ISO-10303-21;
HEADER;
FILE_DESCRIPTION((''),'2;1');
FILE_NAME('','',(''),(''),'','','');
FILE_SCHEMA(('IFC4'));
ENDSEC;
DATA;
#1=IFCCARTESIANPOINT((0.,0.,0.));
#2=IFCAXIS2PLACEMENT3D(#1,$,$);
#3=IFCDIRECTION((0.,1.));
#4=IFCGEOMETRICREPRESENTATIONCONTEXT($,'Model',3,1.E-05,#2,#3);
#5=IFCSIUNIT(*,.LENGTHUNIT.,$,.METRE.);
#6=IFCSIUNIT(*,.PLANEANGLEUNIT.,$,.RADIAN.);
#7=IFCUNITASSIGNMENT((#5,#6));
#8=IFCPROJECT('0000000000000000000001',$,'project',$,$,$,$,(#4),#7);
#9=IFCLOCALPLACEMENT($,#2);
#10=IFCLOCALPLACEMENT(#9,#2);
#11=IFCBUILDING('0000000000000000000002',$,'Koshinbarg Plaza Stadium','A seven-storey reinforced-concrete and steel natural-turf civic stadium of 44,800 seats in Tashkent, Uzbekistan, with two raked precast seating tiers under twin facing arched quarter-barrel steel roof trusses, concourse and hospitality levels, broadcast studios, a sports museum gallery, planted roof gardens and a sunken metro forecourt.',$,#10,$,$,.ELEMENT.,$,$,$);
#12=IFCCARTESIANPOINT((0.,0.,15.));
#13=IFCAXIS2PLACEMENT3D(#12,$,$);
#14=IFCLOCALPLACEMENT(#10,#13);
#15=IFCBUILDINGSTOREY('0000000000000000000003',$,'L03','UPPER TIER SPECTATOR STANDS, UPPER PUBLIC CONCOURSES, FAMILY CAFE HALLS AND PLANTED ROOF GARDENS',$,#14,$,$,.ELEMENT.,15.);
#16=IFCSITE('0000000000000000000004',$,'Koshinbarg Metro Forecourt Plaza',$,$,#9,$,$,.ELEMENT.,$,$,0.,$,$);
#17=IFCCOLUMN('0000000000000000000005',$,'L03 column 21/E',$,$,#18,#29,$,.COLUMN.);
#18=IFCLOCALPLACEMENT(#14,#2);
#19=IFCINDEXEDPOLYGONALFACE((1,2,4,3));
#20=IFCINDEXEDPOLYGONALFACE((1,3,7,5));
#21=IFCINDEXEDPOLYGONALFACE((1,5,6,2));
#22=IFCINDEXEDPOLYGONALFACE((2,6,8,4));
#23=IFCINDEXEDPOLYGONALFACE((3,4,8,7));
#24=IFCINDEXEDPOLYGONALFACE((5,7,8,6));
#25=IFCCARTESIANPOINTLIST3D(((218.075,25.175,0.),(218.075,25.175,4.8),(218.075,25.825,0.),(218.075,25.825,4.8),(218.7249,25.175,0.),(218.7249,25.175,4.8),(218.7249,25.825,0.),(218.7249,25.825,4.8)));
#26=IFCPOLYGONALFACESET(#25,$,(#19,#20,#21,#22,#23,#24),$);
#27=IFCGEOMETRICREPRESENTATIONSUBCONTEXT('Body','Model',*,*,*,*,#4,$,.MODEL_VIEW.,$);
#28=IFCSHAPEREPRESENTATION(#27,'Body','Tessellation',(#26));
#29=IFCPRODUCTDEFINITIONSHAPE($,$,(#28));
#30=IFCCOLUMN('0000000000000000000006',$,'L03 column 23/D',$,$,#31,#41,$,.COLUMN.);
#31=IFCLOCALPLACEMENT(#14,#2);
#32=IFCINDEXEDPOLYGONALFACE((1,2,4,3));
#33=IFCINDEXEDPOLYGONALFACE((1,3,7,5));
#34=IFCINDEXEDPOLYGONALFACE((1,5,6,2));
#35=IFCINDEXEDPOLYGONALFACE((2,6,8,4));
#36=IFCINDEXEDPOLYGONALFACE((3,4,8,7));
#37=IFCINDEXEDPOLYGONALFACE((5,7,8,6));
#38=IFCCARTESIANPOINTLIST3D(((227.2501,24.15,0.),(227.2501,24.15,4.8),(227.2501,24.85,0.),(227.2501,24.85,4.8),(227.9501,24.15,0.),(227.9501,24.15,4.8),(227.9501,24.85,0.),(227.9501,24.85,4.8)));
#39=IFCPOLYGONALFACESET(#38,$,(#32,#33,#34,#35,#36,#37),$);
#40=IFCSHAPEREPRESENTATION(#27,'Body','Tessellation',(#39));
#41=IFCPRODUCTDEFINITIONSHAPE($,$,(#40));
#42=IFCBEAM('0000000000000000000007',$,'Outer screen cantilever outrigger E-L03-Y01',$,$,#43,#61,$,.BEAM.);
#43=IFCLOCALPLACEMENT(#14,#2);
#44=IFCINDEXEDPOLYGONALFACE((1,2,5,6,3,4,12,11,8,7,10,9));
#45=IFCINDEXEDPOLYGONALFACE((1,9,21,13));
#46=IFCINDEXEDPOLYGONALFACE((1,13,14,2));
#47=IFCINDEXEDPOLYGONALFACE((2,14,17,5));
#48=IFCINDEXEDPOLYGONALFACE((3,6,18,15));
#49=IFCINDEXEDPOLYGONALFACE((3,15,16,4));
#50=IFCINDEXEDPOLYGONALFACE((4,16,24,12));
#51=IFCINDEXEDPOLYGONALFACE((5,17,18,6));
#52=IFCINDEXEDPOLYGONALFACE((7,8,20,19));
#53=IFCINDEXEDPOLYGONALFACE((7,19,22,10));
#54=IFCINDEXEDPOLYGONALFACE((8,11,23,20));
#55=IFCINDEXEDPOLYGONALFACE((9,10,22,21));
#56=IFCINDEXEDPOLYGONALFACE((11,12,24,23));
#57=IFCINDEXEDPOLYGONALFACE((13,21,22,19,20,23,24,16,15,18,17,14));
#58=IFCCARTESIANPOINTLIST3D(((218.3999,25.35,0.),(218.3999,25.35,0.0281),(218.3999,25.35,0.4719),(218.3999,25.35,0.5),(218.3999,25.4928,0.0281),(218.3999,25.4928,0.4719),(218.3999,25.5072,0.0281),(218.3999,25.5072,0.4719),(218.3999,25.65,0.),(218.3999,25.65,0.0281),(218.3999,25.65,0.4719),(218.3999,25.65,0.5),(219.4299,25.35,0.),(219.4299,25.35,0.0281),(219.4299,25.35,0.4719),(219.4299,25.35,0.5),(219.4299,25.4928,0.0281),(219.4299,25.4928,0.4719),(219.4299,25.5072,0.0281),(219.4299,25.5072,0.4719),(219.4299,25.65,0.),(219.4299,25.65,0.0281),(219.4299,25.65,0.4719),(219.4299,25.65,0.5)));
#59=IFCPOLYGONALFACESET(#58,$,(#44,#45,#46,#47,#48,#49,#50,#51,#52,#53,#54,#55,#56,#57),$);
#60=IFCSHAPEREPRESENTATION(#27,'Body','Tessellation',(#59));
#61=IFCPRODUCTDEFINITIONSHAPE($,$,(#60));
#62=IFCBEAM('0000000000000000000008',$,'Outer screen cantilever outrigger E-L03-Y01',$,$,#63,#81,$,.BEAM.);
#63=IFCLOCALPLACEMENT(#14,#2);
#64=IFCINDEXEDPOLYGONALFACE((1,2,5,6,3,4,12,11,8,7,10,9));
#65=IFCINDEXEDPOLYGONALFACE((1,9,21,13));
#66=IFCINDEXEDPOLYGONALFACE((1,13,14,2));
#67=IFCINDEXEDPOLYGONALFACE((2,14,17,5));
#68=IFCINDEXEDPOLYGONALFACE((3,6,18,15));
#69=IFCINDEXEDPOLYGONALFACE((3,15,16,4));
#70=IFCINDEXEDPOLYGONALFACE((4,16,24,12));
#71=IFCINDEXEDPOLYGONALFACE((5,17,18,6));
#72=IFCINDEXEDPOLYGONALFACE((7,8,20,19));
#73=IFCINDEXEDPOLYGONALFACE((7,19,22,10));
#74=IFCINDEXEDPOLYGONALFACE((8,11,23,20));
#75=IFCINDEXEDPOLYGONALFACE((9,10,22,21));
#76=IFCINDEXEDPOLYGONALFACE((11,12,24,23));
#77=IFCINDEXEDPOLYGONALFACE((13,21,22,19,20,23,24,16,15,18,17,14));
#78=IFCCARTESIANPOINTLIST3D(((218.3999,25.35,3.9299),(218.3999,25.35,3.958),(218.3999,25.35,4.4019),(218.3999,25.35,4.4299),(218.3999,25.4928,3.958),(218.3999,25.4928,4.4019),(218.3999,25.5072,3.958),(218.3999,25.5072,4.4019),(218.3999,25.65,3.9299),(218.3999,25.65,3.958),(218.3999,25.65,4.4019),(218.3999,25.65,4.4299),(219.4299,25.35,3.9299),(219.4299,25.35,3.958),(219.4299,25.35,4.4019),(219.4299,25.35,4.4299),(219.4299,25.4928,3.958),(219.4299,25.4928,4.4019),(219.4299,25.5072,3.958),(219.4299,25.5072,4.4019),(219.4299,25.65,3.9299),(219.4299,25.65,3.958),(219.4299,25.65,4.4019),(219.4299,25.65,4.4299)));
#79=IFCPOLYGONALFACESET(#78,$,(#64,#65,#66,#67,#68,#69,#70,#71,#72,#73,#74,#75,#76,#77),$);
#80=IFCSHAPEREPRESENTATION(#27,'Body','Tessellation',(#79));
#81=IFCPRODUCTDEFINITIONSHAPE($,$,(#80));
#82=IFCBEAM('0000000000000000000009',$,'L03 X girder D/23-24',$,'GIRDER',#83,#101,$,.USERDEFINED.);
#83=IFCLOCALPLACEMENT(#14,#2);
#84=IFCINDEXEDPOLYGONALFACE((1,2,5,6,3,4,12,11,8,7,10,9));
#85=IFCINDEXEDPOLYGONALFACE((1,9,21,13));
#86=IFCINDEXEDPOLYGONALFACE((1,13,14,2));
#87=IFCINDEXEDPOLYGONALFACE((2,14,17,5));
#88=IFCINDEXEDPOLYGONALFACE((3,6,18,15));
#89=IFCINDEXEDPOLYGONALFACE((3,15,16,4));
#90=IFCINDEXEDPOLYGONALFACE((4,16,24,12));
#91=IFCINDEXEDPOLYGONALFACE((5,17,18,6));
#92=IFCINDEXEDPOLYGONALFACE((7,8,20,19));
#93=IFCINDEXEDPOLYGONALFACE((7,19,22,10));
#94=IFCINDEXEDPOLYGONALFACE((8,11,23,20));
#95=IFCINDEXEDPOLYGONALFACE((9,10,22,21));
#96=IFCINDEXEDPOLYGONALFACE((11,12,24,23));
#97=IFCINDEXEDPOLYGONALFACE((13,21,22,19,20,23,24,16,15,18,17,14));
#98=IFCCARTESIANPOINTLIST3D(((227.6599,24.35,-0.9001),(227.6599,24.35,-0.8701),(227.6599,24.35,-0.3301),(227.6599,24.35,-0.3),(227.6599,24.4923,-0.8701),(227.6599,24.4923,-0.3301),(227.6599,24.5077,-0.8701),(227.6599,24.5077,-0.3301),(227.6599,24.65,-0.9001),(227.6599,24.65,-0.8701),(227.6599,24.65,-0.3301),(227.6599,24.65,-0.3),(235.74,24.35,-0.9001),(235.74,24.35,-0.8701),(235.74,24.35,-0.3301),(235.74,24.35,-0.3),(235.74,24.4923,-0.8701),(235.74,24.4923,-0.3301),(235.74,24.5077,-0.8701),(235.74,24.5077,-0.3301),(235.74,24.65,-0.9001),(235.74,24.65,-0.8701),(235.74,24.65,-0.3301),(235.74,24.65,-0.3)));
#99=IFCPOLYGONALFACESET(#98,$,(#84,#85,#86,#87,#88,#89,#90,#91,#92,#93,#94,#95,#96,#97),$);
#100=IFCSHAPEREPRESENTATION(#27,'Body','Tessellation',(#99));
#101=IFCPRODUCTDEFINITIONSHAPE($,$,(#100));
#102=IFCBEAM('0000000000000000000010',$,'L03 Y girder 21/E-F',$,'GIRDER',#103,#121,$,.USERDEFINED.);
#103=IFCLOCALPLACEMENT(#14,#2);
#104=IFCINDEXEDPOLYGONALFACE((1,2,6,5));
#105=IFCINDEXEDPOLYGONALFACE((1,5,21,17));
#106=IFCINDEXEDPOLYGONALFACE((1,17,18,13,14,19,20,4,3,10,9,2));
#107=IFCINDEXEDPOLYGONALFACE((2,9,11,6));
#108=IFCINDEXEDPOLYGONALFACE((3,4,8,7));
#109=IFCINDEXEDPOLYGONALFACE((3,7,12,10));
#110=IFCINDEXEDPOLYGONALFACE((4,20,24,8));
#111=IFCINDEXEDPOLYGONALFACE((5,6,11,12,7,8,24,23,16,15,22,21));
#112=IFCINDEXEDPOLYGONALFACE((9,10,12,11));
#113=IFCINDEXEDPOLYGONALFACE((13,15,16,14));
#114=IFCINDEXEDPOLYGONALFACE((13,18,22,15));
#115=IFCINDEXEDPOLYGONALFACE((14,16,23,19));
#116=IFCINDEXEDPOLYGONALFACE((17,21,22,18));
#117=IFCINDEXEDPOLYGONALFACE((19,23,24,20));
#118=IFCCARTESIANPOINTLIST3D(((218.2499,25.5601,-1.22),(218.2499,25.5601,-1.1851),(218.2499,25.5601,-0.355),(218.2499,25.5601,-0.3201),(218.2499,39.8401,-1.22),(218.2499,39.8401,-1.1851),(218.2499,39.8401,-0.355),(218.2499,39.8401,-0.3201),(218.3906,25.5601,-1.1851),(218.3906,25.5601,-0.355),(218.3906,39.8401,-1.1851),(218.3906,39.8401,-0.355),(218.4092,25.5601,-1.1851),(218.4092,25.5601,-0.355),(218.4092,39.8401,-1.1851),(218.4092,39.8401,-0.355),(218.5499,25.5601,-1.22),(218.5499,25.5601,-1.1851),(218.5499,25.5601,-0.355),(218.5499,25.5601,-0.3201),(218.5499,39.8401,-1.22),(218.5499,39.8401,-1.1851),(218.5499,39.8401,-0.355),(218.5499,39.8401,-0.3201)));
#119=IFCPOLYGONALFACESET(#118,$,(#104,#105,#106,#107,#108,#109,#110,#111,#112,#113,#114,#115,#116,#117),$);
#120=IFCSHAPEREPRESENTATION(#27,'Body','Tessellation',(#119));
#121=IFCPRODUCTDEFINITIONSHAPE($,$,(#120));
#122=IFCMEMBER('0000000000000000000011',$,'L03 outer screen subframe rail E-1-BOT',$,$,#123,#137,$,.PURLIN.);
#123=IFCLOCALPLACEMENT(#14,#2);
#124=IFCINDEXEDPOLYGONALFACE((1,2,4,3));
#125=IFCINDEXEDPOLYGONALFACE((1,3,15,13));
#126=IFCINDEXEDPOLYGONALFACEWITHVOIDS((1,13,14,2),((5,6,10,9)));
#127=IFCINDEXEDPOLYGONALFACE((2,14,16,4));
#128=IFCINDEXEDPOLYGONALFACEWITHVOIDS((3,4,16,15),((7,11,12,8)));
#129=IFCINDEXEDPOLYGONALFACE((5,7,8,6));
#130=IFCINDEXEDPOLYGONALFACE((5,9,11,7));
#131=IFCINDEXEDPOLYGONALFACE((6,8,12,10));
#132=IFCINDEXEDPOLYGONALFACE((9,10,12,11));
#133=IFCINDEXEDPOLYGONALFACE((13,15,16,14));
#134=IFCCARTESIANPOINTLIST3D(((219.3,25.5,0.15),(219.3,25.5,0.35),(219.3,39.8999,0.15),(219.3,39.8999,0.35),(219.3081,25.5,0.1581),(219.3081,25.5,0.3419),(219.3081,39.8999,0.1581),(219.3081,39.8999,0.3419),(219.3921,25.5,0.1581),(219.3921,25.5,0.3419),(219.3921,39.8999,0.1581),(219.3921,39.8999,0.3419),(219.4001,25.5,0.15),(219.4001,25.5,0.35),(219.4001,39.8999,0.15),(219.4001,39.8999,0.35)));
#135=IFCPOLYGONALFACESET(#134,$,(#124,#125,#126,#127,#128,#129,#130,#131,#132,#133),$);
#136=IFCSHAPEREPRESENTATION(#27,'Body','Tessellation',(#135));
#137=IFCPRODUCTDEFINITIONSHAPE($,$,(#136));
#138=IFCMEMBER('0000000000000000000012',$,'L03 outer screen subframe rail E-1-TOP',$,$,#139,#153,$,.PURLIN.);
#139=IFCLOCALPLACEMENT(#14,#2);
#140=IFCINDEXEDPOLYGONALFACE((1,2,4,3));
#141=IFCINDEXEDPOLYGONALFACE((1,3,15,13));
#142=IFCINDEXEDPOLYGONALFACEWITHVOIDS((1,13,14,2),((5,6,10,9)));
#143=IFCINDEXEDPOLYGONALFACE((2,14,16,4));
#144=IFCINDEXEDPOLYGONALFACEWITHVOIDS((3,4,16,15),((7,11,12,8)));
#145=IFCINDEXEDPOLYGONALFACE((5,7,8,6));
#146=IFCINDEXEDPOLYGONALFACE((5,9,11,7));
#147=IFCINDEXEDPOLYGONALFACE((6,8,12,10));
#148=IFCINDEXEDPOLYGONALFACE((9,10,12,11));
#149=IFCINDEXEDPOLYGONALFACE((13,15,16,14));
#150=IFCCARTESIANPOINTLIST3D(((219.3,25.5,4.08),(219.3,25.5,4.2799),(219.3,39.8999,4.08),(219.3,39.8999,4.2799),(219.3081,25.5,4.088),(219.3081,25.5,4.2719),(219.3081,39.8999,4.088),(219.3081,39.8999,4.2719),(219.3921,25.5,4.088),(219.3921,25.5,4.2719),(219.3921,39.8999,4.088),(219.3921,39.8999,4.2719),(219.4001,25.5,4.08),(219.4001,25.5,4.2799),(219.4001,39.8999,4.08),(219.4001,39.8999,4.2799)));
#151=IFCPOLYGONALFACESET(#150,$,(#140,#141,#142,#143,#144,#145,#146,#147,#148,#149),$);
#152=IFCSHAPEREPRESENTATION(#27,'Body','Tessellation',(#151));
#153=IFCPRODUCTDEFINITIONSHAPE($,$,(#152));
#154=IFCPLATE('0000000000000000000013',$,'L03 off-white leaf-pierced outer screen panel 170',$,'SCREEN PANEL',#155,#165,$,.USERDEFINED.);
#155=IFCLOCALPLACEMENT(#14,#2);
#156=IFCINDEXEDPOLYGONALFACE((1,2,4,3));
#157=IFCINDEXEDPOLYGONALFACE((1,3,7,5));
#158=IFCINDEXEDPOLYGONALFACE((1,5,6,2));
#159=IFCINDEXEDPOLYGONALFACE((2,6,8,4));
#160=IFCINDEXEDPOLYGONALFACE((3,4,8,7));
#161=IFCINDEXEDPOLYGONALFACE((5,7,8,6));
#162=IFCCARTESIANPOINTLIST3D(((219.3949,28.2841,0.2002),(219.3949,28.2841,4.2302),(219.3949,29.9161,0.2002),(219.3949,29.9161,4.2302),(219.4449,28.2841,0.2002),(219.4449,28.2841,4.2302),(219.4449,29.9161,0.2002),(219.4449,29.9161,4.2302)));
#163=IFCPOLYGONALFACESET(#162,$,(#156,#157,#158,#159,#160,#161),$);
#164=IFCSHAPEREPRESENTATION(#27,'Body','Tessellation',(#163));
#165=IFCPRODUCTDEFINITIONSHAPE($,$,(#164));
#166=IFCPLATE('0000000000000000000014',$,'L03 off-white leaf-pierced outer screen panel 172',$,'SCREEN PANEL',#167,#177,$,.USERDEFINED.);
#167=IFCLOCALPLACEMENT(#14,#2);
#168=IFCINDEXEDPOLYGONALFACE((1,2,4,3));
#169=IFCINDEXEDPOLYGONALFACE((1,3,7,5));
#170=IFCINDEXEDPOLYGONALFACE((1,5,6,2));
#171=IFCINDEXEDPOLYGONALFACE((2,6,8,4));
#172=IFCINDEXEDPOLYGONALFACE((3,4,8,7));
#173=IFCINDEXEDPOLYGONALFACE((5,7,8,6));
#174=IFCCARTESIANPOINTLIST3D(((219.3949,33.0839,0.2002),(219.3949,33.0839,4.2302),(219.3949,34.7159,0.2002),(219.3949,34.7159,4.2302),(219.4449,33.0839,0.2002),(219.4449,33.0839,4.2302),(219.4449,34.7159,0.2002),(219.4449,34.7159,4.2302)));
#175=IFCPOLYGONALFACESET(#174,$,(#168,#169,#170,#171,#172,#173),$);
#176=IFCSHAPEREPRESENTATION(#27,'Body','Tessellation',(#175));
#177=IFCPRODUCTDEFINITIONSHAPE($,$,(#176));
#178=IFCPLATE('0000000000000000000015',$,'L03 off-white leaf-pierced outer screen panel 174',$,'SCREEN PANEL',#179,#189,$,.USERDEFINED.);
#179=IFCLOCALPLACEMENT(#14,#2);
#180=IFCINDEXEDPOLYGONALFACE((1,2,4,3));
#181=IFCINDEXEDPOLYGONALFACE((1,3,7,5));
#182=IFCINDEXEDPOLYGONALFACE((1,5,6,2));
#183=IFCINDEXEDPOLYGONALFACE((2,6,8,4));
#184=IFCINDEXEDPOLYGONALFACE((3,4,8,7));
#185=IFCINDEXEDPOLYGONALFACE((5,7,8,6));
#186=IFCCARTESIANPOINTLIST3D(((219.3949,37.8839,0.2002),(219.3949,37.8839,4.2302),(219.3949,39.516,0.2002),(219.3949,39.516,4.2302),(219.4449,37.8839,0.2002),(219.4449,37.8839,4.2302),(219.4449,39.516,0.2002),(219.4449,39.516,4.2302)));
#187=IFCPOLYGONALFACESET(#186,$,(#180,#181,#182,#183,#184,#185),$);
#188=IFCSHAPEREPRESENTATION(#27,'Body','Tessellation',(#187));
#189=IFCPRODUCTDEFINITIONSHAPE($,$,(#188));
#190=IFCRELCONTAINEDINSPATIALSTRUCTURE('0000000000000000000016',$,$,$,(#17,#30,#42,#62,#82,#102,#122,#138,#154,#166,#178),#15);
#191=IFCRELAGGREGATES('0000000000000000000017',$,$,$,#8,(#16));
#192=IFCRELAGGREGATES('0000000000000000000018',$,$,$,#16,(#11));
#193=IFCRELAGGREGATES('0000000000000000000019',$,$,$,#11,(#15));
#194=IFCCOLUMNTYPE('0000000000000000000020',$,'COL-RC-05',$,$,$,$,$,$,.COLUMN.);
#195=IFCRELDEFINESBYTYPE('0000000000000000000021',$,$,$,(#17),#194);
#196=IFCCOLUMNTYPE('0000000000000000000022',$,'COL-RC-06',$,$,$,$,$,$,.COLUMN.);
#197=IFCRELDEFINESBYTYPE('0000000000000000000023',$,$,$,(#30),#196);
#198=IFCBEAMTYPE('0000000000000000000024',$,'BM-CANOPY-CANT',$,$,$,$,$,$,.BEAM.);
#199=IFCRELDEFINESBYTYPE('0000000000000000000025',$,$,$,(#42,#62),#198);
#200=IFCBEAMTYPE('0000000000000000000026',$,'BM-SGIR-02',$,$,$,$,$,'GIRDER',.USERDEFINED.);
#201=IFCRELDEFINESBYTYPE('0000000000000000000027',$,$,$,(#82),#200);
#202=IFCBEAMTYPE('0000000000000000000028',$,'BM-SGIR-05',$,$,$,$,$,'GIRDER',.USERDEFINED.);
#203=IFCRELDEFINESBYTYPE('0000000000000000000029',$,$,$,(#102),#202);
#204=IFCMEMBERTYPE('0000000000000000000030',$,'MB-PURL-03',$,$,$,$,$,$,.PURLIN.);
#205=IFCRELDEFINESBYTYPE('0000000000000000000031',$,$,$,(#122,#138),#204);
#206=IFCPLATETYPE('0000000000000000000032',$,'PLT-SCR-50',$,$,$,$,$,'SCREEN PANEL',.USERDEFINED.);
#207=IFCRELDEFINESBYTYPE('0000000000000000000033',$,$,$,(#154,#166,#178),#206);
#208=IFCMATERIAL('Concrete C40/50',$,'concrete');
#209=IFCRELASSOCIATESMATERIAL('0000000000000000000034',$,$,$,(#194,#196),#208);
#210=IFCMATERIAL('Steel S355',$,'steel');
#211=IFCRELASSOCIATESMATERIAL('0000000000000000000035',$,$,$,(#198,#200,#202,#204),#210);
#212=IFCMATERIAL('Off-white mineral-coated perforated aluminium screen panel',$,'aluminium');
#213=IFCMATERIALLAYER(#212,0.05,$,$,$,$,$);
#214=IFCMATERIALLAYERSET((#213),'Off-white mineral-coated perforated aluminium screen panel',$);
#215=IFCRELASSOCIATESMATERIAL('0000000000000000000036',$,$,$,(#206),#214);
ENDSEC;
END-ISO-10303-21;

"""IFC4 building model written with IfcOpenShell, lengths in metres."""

from ifc_helpers import new_model, si_unit, direction, frame, origin, origin_2d, place, context, subcontext, project, spatial, rectangle, hollow_rectangle, i_section, extrude, material, layer, layer_set, material_profile, profile_set, type_object, element, save


model = new_model("IFC4")

# Units and contexts
model_context = context("Model", 3, precision=1e-05, world=origin(), true_north=direction((0.0, 1.0)))
body_context = subcontext(model_context, "Body", "Model", "MODEL_VIEW")
ifc_project = project(units=[si_unit("LENGTHUNIT", "METRE"), si_unit("PLANEANGLEUNIT", "RADIAN")], contexts=[model_context])

# Site, building, storey
site_placement = place(None, origin())
site = spatial("IfcSite", under=ifc_project, at=site_placement, Name="Koshinbarg Metro Forecourt Plaza", CompositionType="ELEMENT", RefElevation=0.0)
building_placement = place(site_placement, origin())
building = spatial("IfcBuilding", under=site, at=building_placement, Name="Koshinbarg Plaza Stadium", Description="A seven-storey reinforced-concrete and steel natural-turf civic stadium of 44,800 seats in Tashkent, Uzbekistan, with two raked precast seating tiers under twin facing arched quarter-barrel steel roof trusses, concourse and hospitality levels, broadcast studios, a sports museum gallery, planted roof gardens and a sunken metro forecourt.", CompositionType="ELEMENT")
storey_placement = place(building_placement, frame((0.0, 0.0, 15.0)))
storey = spatial("IfcBuildingStorey", under=building, at=storey_placement, Name="L03", Description="UPPER TIER SPECTATOR STANDS, UPPER PUBLIC CONCOURSES, FAMILY CAFE HALLS AND PLANTED ROOF GARDENS", CompositionType="ELEMENT", Elevation=15.0)

# Columns
ifc_material_1 = material(Name="Concrete C40/50", Category="concrete")
ifc_material_profile_1 = material_profile(ifc_material_1, rectangle(XDim=0.6499, YDim=0.6499, at=origin_2d()), Name="RC 650x650")
ifc_profile_set_1 = profile_set([ifc_material_profile_1], Name="Concrete C40/50")
column_type_1 = type_object("IfcColumnType", Name="COL-RC-05", PredefinedType="COLUMN", material=ifc_profile_set_1)
column_1_placement = place(storey_placement, frame((218.3999, 25.5, 0.0), z_axis=(0.0, 0.0, 1.0), x_axis=(1.0, 0.0, 0.0)))
element("IfcColumn", 1, at=column_1_placement, inside=storey, type_object=column_type_1, Name="L03 column 21/E", PredefinedType="COLUMN", context=body_context, shape_type="SweptSolid", body=[
    extrude(rectangle(XDim=0.6499, YDim=0.6499, at=origin_2d()), origin(), (0.0, 0.0, 1.0), 4.8),
])
ifc_material_profile_2 = material_profile(ifc_material_1, rectangle(XDim=0.7, YDim=0.7, at=origin_2d()), Name="RC 700x700")
ifc_profile_set_2 = profile_set([ifc_material_profile_2], Name="Concrete C40/50")
column_type_2 = type_object("IfcColumnType", Name="COL-RC-06", PredefinedType="COLUMN", material=ifc_profile_set_2)
column_2_placement = place(storey_placement, frame((227.6001, 24.5, 0.0), z_axis=(0.0, 0.0, 1.0), x_axis=(1.0, 0.0, 0.0)))
element("IfcColumn", 2, at=column_2_placement, inside=storey, type_object=column_type_2, Name="L03 column 23/D", PredefinedType="COLUMN", context=body_context, shape_type="SweptSolid", body=[
    extrude(rectangle(XDim=0.7, YDim=0.7, at=origin_2d()), origin(), (0.0, 0.0, 1.0), 4.8),
])

# Beams
ifc_material_2 = material(Name="Steel S355", Category="steel")
ifc_material_profile_3 = material_profile(ifc_material_2, i_section(OverallWidth=0.3, OverallDepth=0.5, WebThickness=0.0144, FlangeThickness=0.0281, at=origin_2d()), Name="HEB 500")
ifc_profile_set_3 = profile_set([ifc_material_profile_3], Name="Steel S355")
beam_type_1 = type_object("IfcBeamType", Name="BM-CANOPY-CANT", PredefinedType="BEAM", material=ifc_profile_set_3)
for number, where, z_axis, x_axis, name in (
    (3, (218.3999, 25.5, 0.25), (1.0, 0.0, 0.0), (0.0, 1.0, 0.0), "Outer screen cantilever outrigger E-L03-Y01"),
    (4, (218.3999, 25.5, 4.1799), (1.0, 0.0, 0.0), (0.0, 1.0, 0.0), "Outer screen cantilever outrigger E-L03-Y01"),
):
    element("IfcBeam", number, at=place(storey_placement, frame(where, z_axis=z_axis, x_axis=x_axis)), inside=storey, type_object=beam_type_1, Name=name, PredefinedType="BEAM", context=body_context, shape_type="SweptSolid", body=[
        extrude(i_section(OverallWidth=0.3, OverallDepth=0.5, WebThickness=0.0144, FlangeThickness=0.0281, at=origin_2d()), origin(), (0.0, 0.0, 1.0), 1.03),
    ])
ifc_material_profile_4 = material_profile(ifc_material_2, i_section(OverallWidth=0.3, OverallDepth=0.6001, WebThickness=0.0154, FlangeThickness=0.03, at=origin_2d()), Name="HEB 600")
ifc_profile_set_4 = profile_set([ifc_material_profile_4], Name="Steel S355")
beam_type_2 = type_object("IfcBeamType", Name="BM-SGIR-02", ElementType="GIRDER", PredefinedType="USERDEFINED", material=ifc_profile_set_4)
beam_1_placement = place(storey_placement, frame((227.6599, 24.5, -0.6001), z_axis=(1.0, 0.0, 0.0), x_axis=(0.0, 1.0, 0.0)))
element("IfcBeam", 5, at=beam_1_placement, inside=storey, type_object=beam_type_2, Name="L03 X girder D/23-24", ObjectType="GIRDER", PredefinedType="USERDEFINED", context=body_context, shape_type="SweptSolid", body=[
    extrude(i_section(OverallWidth=0.3, OverallDepth=0.6001, WebThickness=0.0154, FlangeThickness=0.03, at=origin_2d()), origin(), (0.0, 0.0, 1.0), 8.0801),
])
ifc_material_profile_5 = material_profile(ifc_material_2, i_section(OverallWidth=0.3, OverallDepth=0.8999, WebThickness=0.0186, FlangeThickness=0.0349, at=origin_2d()), Name="HEB 900")
ifc_profile_set_5 = profile_set([ifc_material_profile_5], Name="Steel S355")
beam_type_3 = type_object("IfcBeamType", Name="BM-SGIR-05", ElementType="GIRDER", PredefinedType="USERDEFINED", material=ifc_profile_set_5)
beam_2_placement = place(storey_placement, frame((218.3999, 25.5601, -0.77), z_axis=(0.0, 1.0, 0.0), x_axis=(-1.0, 0.0, 0.0)))
element("IfcBeam", 6, at=beam_2_placement, inside=storey, type_object=beam_type_3, Name="L03 Y girder 21/E-F", ObjectType="GIRDER", PredefinedType="USERDEFINED", context=body_context, shape_type="SweptSolid", body=[
    extrude(i_section(OverallWidth=0.3, OverallDepth=0.8999, WebThickness=0.0186, FlangeThickness=0.0349, at=origin_2d()), origin(), (0.0, 0.0, 1.0), 14.28),
])

# Members
ifc_material_profile_6 = material_profile(ifc_material_2, hollow_rectangle(XDim=0.1001, YDim=0.2, WallThickness=0.0081, at=origin_2d()), Name="RHS 200x100x8")
ifc_profile_set_6 = profile_set([ifc_material_profile_6], Name="Steel S355")
member_type = type_object("IfcMemberType", Name="MB-PURL-03", PredefinedType="PURLIN", material=ifc_profile_set_6)
for number, where, z_axis, x_axis, name in (
    (7, (219.3501, 25.5, 0.25), (0.0, 1.0, 0.0), (-1.0, 0.0, 0.0), "L03 outer screen subframe rail E-1-BOT"),
    (8, (219.3501, 25.5, 4.1799), (0.0, 1.0, 0.0), (-1.0, 0.0, 0.0), "L03 outer screen subframe rail E-1-TOP"),
):
    element("IfcMember", number, at=place(storey_placement, frame(where, z_axis=z_axis, x_axis=x_axis)), inside=storey, type_object=member_type, Name=name, PredefinedType="PURLIN", context=body_context, shape_type="SweptSolid", body=[
        extrude(hollow_rectangle(XDim=0.1001, YDim=0.2, WallThickness=0.0081, at=origin_2d()), origin(), (0.0, 0.0, 1.0), 14.3999),
    ])

# Plates
ifc_material_3 = material(Name="Off-white mineral-coated perforated aluminium screen panel", Category="aluminium")
ifc_layer_1 = layer(ifc_material_3, 0.05)
ifc_layer_set_1 = layer_set([ifc_layer_1], Name="Off-white mineral-coated perforated aluminium screen panel")
plate_type_1 = type_object("IfcPlateType", Name="PLT-SCR-50", ElementType="SCREEN PANEL", PredefinedType="USERDEFINED", material=ifc_layer_set_1)
for number, where, z_axis, x_axis, name in (
    (9, (219.4199, 29.1001, 0.2002), (0.0, 0.0, 1.0), (1.0, 0.0, 0.0), "L03 off-white leaf-pierced outer screen panel 170"),
    (10, (219.4199, 33.8999, 0.2002), (0.0, 0.0, 1.0), (1.0, 0.0, 0.0), "L03 off-white leaf-pierced outer screen panel 172"),
    (11, (219.4199, 38.7, 0.2002), (0.0, 0.0, 1.0), (1.0, 0.0, 0.0), "L03 off-white leaf-pierced outer screen panel 174"),
):
    element("IfcPlate", number, at=place(storey_placement, frame(where, z_axis=z_axis, x_axis=x_axis)), inside=storey, type_object=plate_type_1, Name=name, ObjectType="SCREEN PANEL", PredefinedType="USERDEFINED", context=body_context, shape_type="SweptSolid", body=[
        extrude(rectangle(XDim=0.05, YDim=1.6321, at=origin_2d()), origin(), (0.0, 0.0, 1.0), 4.03),
    ])

save(model, "model.ifc")
